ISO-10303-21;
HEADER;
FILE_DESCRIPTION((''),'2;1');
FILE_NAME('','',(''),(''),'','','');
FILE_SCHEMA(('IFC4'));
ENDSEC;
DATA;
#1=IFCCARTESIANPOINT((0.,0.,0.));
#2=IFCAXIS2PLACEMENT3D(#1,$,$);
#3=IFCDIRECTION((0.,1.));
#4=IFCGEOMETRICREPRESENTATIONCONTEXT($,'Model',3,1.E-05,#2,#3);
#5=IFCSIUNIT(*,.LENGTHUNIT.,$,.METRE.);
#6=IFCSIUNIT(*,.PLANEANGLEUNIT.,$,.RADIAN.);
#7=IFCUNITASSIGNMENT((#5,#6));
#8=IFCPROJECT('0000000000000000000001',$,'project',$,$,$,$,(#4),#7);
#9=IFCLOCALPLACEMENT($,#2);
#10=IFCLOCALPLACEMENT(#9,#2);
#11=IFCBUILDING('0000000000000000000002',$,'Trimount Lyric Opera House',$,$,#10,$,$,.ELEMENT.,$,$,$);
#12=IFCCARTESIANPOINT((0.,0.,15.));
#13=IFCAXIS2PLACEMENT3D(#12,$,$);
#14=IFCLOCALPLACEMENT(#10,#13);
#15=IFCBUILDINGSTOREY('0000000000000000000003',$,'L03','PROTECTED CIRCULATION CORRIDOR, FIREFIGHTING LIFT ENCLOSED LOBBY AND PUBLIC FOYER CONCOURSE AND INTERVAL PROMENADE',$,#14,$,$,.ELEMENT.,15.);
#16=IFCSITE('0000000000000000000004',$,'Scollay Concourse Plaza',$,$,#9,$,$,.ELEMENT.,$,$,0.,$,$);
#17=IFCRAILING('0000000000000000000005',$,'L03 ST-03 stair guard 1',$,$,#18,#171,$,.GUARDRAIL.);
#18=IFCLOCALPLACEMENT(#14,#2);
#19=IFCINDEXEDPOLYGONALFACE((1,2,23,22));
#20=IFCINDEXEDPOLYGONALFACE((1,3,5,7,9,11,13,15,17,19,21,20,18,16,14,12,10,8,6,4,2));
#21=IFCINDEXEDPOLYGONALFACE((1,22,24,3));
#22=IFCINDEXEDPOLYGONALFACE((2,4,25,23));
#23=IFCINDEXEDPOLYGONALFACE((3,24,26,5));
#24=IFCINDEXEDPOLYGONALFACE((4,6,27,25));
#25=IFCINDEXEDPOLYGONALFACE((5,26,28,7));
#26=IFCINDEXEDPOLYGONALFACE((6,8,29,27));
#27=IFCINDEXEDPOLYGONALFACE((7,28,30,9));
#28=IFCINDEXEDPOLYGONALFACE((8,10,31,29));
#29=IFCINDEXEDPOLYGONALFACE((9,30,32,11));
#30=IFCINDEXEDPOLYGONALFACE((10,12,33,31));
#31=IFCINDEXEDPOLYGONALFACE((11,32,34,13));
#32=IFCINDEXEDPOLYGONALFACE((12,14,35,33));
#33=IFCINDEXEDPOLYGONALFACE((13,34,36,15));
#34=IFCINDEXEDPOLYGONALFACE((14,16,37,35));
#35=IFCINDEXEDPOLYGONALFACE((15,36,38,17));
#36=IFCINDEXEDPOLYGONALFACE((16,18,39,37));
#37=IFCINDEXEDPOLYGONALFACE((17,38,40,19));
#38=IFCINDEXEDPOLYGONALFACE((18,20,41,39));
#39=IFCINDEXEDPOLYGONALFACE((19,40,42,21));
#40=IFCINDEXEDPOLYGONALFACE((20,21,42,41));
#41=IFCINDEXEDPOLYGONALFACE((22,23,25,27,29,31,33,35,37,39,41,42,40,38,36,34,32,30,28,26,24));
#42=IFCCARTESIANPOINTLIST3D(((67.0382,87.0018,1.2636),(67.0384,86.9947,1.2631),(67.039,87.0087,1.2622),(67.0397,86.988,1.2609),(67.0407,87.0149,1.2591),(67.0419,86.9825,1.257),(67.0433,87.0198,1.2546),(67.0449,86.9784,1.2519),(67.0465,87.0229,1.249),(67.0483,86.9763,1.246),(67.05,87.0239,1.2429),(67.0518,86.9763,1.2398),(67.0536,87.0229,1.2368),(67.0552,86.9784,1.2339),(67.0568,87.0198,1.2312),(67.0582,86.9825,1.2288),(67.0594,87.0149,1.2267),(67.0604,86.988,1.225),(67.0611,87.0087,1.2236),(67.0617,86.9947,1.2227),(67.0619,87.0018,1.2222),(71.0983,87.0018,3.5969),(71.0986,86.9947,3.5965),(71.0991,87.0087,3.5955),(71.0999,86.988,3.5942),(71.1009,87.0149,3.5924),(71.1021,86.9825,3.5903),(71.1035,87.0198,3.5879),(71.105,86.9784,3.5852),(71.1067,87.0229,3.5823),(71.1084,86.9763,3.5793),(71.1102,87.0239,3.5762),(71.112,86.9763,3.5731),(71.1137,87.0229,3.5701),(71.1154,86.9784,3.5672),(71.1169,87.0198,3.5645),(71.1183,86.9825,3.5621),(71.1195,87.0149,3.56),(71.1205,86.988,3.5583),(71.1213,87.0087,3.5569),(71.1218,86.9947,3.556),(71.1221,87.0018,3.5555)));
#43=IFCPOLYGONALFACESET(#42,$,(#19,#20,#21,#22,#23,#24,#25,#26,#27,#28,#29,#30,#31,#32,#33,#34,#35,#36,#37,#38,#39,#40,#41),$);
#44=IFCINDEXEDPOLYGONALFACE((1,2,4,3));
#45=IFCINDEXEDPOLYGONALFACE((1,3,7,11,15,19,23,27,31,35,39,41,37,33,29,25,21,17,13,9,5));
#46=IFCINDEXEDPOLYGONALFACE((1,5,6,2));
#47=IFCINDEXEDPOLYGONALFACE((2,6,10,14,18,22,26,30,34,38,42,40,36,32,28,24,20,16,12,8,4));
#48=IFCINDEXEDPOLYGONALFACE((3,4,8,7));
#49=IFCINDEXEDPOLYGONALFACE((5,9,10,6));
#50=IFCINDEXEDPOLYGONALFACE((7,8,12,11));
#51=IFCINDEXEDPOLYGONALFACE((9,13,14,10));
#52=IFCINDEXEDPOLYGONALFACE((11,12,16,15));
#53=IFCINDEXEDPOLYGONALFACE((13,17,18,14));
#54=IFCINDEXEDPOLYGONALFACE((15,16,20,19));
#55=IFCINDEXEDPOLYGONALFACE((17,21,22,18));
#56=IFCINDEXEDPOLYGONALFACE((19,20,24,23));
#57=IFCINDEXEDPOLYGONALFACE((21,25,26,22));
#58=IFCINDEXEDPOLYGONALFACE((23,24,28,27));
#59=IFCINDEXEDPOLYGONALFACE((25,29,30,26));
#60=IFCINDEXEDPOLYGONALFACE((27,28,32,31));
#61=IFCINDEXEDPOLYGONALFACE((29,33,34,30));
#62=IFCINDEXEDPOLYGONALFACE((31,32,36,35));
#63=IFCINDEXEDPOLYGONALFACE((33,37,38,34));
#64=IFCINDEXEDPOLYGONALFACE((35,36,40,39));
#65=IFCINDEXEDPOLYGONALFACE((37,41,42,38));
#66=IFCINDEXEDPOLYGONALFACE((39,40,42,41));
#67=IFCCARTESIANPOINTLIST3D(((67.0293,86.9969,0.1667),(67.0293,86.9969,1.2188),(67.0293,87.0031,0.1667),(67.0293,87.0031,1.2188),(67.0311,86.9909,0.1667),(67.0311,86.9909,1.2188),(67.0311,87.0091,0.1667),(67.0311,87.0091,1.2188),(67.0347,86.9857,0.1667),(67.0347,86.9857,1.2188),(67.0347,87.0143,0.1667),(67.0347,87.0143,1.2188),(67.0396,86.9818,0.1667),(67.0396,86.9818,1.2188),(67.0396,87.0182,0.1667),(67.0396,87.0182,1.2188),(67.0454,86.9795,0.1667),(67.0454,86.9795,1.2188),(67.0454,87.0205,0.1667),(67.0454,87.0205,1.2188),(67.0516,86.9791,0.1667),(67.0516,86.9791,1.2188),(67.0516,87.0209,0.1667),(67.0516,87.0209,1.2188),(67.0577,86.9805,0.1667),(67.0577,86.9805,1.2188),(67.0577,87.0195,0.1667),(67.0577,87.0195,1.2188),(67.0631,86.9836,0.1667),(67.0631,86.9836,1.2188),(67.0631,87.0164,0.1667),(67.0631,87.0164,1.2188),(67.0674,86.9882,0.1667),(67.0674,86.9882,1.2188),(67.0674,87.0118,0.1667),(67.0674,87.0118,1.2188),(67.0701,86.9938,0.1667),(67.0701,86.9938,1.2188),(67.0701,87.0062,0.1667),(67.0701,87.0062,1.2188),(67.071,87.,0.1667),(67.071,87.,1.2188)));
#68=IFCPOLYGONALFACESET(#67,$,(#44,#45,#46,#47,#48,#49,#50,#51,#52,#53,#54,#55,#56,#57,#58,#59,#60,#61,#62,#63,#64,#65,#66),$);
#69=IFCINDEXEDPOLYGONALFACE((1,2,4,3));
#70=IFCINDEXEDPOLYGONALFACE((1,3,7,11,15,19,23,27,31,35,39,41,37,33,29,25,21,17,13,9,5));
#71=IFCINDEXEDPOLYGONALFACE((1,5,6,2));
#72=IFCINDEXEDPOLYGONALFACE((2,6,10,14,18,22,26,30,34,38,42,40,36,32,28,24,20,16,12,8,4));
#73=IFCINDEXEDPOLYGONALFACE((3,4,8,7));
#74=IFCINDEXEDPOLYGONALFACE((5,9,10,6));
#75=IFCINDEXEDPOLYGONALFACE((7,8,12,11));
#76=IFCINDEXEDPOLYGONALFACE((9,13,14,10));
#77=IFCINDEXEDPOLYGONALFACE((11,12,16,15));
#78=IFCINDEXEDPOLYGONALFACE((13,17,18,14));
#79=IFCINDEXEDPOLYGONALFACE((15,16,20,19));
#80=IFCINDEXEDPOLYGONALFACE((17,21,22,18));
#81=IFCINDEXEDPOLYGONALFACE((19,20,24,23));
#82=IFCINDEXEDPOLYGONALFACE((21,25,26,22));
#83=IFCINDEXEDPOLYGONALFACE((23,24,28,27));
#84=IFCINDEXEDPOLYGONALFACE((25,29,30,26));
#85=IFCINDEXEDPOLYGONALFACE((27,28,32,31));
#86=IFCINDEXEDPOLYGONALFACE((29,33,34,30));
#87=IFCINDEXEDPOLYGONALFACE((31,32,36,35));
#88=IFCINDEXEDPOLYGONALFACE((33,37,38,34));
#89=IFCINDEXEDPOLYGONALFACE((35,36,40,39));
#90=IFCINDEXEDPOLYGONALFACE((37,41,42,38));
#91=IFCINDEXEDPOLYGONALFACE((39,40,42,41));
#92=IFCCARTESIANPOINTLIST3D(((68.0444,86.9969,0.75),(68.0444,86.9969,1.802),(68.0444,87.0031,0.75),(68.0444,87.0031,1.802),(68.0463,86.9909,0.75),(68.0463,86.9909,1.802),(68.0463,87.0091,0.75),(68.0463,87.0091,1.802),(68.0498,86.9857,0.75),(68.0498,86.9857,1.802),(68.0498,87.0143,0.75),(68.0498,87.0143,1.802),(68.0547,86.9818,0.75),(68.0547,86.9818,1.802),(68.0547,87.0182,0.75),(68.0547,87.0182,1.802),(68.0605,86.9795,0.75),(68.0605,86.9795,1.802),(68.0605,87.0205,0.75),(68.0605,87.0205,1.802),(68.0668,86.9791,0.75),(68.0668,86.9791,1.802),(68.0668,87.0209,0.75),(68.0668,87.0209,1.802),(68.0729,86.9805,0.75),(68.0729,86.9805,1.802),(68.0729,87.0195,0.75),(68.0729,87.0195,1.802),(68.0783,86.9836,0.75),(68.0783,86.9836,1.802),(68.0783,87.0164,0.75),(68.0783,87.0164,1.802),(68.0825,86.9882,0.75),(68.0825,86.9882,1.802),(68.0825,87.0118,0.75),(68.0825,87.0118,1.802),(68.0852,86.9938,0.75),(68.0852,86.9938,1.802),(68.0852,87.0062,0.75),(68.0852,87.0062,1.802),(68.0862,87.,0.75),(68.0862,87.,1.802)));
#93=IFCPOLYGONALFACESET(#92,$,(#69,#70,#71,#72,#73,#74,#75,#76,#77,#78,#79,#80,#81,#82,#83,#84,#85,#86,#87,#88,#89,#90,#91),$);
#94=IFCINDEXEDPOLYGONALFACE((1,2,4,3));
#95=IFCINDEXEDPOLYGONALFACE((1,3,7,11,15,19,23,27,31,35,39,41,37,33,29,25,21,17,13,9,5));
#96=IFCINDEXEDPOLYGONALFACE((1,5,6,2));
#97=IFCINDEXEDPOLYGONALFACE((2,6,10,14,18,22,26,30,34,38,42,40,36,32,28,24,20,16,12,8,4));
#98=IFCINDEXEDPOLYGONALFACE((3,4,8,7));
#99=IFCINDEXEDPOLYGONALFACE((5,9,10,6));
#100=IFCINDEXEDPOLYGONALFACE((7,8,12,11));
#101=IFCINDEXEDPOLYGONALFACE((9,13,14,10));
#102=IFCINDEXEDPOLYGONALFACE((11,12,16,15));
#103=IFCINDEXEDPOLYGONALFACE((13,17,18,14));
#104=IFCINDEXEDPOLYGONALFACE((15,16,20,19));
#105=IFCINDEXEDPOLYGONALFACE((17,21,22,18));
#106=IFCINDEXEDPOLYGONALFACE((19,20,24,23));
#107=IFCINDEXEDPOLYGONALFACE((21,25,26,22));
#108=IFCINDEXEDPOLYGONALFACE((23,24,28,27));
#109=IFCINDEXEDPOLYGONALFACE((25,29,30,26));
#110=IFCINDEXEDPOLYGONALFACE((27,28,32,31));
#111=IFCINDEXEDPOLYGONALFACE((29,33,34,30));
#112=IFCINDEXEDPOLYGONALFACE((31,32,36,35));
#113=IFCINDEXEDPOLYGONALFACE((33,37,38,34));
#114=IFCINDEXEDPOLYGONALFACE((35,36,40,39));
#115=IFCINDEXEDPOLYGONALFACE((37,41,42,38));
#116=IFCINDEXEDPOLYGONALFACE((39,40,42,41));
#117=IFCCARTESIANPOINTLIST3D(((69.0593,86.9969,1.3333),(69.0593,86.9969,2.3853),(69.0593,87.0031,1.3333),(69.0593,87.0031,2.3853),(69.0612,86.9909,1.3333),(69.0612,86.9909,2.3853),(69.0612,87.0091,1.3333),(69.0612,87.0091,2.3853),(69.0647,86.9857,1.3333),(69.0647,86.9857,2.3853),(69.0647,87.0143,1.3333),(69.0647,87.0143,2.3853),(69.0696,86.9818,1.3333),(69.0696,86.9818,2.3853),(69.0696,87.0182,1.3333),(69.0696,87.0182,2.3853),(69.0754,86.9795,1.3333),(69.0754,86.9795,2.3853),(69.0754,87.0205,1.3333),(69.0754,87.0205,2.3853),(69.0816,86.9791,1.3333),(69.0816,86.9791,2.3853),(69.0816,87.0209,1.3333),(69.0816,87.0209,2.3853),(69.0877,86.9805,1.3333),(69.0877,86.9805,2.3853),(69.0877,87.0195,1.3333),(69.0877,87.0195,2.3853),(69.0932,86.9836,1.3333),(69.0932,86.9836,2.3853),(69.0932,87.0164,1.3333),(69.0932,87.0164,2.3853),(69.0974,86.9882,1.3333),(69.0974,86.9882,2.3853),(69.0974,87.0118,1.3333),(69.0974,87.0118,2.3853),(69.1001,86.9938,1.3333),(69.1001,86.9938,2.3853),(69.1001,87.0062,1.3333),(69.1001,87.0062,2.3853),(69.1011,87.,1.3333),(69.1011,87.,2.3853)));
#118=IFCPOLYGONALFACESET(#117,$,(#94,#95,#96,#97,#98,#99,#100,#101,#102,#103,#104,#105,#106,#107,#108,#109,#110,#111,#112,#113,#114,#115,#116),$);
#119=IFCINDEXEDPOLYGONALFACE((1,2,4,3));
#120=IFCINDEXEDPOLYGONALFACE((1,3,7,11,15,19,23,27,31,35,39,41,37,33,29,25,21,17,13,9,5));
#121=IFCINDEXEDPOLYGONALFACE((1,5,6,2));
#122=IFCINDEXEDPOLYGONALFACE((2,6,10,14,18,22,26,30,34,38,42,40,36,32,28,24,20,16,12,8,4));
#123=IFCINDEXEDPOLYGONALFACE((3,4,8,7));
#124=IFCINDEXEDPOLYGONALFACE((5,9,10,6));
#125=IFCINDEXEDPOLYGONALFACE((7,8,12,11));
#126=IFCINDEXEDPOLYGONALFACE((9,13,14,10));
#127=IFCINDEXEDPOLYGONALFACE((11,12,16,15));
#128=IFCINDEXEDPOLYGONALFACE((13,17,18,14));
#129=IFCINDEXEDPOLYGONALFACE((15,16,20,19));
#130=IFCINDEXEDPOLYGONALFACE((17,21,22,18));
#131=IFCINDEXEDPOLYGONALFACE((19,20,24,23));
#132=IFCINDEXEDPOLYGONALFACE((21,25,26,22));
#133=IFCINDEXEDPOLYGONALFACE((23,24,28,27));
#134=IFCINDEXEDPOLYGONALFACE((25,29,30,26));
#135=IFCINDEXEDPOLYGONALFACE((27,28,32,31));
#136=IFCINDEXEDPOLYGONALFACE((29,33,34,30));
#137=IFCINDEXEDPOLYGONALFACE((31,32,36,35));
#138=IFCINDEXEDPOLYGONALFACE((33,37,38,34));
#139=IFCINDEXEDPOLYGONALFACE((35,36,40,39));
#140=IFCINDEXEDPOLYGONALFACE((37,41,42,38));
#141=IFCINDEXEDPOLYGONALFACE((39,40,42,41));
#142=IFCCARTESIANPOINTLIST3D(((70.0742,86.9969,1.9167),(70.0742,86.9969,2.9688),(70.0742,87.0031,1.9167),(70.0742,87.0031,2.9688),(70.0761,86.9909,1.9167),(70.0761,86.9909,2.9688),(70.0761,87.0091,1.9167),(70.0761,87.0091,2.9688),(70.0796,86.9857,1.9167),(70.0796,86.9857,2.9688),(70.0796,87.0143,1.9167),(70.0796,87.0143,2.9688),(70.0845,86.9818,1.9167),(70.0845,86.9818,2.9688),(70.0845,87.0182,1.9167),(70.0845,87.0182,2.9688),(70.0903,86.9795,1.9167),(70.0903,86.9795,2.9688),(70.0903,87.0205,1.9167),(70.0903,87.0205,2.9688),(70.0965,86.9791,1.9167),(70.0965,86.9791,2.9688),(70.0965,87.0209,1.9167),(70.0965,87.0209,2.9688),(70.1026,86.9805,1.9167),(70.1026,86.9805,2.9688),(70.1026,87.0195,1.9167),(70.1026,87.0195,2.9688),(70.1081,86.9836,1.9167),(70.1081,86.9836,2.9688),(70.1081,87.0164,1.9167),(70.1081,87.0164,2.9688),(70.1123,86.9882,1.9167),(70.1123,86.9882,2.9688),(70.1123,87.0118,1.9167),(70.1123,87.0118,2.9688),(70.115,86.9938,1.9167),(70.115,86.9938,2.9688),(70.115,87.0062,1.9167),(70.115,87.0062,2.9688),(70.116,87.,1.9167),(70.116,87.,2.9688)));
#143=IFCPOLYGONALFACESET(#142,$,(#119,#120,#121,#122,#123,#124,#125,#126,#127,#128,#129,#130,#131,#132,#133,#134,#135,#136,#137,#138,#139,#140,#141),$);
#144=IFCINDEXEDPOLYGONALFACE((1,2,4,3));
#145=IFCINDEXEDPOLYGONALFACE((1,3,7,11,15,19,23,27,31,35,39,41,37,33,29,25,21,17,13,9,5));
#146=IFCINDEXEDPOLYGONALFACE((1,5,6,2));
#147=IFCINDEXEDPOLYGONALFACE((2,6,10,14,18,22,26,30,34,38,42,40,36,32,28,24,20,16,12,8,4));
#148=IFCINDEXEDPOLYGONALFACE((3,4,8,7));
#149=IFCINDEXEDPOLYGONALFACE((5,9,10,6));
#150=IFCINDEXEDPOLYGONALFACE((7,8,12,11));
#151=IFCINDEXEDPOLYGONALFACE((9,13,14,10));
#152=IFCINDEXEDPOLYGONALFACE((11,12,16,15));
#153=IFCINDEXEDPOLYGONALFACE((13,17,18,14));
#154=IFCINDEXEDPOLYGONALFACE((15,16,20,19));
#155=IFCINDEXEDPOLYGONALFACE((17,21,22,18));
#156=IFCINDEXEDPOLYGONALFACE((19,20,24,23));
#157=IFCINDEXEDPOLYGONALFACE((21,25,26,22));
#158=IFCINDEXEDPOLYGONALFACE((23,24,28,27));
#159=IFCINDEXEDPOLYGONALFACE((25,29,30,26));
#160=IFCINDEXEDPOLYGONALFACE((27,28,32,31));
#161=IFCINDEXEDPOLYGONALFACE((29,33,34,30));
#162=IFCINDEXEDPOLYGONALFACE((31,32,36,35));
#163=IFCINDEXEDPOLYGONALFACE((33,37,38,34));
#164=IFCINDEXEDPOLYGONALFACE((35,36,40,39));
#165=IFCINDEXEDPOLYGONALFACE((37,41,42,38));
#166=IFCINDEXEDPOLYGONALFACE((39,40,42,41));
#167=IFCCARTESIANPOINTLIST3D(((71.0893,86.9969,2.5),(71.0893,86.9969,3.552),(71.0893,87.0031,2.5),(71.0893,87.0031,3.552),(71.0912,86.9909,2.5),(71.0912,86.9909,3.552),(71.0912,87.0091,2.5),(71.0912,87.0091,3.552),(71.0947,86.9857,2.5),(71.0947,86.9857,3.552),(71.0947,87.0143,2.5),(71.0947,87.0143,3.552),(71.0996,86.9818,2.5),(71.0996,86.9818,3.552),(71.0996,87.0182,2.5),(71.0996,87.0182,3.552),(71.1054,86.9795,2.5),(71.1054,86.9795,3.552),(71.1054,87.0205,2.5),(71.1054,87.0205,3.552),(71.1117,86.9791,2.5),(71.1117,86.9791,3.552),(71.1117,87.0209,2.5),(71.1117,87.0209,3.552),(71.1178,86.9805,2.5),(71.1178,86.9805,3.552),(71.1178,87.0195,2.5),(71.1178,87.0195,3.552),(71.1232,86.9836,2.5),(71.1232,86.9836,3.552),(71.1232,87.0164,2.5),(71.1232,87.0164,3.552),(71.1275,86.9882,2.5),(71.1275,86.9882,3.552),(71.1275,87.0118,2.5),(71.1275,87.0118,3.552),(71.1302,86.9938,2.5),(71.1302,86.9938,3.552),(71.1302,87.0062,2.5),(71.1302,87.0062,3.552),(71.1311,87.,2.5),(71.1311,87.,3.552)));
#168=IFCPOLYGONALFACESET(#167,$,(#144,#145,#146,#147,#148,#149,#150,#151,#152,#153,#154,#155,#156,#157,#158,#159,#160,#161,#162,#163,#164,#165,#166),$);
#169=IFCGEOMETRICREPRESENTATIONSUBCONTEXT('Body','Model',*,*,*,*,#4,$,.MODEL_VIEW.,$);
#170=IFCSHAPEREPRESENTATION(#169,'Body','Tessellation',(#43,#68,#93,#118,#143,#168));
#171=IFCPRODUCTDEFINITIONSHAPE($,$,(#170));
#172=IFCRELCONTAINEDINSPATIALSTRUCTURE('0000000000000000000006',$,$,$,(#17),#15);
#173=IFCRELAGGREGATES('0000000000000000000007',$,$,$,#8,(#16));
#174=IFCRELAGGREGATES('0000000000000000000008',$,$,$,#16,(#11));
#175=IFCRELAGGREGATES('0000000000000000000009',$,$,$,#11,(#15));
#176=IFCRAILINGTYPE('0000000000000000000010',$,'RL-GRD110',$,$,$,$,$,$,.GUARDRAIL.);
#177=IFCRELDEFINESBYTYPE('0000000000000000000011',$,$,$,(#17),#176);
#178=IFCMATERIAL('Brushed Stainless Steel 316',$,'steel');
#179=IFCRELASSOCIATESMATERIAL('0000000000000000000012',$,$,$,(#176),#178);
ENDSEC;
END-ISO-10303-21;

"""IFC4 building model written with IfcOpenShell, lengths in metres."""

from ifc_helpers import new_model, si_unit, direction, frame, origin, origin_2d, place, context, subcontext, project, spatial, circle, extrude, material, type_object, element, save


model = new_model("IFC4")

# Units and contexts
model_context = context("Model", 3, precision=1e-05, world=origin(), true_north=direction((0.0, 1.0)))
body_context = subcontext(model_context, "Body", "Model", "MODEL_VIEW")
ifc_project = project(units=[si_unit("LENGTHUNIT", "METRE"), si_unit("PLANEANGLEUNIT", "RADIAN")], contexts=[model_context])

# Site, building, storey
site_placement = place(None, origin())
site = spatial("IfcSite", under=ifc_project, at=site_placement, Name="Scollay Concourse Plaza", CompositionType="ELEMENT", RefElevation=0.0)
building_placement = place(site_placement, origin())
building = spatial("IfcBuilding", under=site, at=building_placement, Name="Trimount Lyric Opera House", CompositionType="ELEMENT")
storey_placement = place(building_placement, frame((0.0, 0.0, 15.0)))
storey = spatial("IfcBuildingStorey", under=building, at=storey_placement, Name="L03", Description="PROTECTED CIRCULATION CORRIDOR, FIREFIGHTING LIFT ENCLOSED LOBBY AND PUBLIC FOYER CONCOURSE AND INTERVAL PROMENADE", CompositionType="ELEMENT", Elevation=15.0)

# Railing
ifc_material_1 = material(Name="Brushed Stainless Steel 316", Category="steel")
railing_type_1 = type_object("IfcRailingType", Name="RL-GRD110", PredefinedType="GUARDRAIL", material=ifc_material_1)
railing_1_placement = place(storey_placement, frame((67.05, 87.0, 0.1667)))
element("IfcRailing", 1, at=railing_1_placement, inside=storey, type_object=railing_type_1, Name="L03 ST-03 stair guard 1", PredefinedType="GUARDRAIL", context=body_context, shape_type="SweptSolid", body=[
    extrude(circle(Radius=0.0239, at=origin_2d()), frame((0.0, 0.0, 1.0762), z_axis=(0.867025, 0.0, 0.498265), x_axis=(0.0, 1.0, 0.0)), (0.0, 0.0, 1.0), 4.6829),
    extrude(circle(Radius=0.021, at=origin_2d()), origin(), (0.0, 0.0, 1.0), 1.052),
    extrude(circle(Radius=0.021, at=origin_2d()), frame((1.0151, 0.0, 0.5833)), (0.0, 0.0, 1.0), 1.052),
    extrude(circle(Radius=0.021, at=origin_2d()), frame((2.03, 0.0, 1.1665)), (0.0, 0.0, 1.0), 1.052),
    extrude(circle(Radius=0.021, at=origin_2d()), frame((3.0449, 0.0, 1.75)), (0.0, 0.0, 1.0), 1.052),
    extrude(circle(Radius=0.021, at=origin_2d()), frame((4.0601, 0.0, 2.3333)), (0.0, 0.0, 1.0), 1.052),
])

save(model, "model.ifc")
